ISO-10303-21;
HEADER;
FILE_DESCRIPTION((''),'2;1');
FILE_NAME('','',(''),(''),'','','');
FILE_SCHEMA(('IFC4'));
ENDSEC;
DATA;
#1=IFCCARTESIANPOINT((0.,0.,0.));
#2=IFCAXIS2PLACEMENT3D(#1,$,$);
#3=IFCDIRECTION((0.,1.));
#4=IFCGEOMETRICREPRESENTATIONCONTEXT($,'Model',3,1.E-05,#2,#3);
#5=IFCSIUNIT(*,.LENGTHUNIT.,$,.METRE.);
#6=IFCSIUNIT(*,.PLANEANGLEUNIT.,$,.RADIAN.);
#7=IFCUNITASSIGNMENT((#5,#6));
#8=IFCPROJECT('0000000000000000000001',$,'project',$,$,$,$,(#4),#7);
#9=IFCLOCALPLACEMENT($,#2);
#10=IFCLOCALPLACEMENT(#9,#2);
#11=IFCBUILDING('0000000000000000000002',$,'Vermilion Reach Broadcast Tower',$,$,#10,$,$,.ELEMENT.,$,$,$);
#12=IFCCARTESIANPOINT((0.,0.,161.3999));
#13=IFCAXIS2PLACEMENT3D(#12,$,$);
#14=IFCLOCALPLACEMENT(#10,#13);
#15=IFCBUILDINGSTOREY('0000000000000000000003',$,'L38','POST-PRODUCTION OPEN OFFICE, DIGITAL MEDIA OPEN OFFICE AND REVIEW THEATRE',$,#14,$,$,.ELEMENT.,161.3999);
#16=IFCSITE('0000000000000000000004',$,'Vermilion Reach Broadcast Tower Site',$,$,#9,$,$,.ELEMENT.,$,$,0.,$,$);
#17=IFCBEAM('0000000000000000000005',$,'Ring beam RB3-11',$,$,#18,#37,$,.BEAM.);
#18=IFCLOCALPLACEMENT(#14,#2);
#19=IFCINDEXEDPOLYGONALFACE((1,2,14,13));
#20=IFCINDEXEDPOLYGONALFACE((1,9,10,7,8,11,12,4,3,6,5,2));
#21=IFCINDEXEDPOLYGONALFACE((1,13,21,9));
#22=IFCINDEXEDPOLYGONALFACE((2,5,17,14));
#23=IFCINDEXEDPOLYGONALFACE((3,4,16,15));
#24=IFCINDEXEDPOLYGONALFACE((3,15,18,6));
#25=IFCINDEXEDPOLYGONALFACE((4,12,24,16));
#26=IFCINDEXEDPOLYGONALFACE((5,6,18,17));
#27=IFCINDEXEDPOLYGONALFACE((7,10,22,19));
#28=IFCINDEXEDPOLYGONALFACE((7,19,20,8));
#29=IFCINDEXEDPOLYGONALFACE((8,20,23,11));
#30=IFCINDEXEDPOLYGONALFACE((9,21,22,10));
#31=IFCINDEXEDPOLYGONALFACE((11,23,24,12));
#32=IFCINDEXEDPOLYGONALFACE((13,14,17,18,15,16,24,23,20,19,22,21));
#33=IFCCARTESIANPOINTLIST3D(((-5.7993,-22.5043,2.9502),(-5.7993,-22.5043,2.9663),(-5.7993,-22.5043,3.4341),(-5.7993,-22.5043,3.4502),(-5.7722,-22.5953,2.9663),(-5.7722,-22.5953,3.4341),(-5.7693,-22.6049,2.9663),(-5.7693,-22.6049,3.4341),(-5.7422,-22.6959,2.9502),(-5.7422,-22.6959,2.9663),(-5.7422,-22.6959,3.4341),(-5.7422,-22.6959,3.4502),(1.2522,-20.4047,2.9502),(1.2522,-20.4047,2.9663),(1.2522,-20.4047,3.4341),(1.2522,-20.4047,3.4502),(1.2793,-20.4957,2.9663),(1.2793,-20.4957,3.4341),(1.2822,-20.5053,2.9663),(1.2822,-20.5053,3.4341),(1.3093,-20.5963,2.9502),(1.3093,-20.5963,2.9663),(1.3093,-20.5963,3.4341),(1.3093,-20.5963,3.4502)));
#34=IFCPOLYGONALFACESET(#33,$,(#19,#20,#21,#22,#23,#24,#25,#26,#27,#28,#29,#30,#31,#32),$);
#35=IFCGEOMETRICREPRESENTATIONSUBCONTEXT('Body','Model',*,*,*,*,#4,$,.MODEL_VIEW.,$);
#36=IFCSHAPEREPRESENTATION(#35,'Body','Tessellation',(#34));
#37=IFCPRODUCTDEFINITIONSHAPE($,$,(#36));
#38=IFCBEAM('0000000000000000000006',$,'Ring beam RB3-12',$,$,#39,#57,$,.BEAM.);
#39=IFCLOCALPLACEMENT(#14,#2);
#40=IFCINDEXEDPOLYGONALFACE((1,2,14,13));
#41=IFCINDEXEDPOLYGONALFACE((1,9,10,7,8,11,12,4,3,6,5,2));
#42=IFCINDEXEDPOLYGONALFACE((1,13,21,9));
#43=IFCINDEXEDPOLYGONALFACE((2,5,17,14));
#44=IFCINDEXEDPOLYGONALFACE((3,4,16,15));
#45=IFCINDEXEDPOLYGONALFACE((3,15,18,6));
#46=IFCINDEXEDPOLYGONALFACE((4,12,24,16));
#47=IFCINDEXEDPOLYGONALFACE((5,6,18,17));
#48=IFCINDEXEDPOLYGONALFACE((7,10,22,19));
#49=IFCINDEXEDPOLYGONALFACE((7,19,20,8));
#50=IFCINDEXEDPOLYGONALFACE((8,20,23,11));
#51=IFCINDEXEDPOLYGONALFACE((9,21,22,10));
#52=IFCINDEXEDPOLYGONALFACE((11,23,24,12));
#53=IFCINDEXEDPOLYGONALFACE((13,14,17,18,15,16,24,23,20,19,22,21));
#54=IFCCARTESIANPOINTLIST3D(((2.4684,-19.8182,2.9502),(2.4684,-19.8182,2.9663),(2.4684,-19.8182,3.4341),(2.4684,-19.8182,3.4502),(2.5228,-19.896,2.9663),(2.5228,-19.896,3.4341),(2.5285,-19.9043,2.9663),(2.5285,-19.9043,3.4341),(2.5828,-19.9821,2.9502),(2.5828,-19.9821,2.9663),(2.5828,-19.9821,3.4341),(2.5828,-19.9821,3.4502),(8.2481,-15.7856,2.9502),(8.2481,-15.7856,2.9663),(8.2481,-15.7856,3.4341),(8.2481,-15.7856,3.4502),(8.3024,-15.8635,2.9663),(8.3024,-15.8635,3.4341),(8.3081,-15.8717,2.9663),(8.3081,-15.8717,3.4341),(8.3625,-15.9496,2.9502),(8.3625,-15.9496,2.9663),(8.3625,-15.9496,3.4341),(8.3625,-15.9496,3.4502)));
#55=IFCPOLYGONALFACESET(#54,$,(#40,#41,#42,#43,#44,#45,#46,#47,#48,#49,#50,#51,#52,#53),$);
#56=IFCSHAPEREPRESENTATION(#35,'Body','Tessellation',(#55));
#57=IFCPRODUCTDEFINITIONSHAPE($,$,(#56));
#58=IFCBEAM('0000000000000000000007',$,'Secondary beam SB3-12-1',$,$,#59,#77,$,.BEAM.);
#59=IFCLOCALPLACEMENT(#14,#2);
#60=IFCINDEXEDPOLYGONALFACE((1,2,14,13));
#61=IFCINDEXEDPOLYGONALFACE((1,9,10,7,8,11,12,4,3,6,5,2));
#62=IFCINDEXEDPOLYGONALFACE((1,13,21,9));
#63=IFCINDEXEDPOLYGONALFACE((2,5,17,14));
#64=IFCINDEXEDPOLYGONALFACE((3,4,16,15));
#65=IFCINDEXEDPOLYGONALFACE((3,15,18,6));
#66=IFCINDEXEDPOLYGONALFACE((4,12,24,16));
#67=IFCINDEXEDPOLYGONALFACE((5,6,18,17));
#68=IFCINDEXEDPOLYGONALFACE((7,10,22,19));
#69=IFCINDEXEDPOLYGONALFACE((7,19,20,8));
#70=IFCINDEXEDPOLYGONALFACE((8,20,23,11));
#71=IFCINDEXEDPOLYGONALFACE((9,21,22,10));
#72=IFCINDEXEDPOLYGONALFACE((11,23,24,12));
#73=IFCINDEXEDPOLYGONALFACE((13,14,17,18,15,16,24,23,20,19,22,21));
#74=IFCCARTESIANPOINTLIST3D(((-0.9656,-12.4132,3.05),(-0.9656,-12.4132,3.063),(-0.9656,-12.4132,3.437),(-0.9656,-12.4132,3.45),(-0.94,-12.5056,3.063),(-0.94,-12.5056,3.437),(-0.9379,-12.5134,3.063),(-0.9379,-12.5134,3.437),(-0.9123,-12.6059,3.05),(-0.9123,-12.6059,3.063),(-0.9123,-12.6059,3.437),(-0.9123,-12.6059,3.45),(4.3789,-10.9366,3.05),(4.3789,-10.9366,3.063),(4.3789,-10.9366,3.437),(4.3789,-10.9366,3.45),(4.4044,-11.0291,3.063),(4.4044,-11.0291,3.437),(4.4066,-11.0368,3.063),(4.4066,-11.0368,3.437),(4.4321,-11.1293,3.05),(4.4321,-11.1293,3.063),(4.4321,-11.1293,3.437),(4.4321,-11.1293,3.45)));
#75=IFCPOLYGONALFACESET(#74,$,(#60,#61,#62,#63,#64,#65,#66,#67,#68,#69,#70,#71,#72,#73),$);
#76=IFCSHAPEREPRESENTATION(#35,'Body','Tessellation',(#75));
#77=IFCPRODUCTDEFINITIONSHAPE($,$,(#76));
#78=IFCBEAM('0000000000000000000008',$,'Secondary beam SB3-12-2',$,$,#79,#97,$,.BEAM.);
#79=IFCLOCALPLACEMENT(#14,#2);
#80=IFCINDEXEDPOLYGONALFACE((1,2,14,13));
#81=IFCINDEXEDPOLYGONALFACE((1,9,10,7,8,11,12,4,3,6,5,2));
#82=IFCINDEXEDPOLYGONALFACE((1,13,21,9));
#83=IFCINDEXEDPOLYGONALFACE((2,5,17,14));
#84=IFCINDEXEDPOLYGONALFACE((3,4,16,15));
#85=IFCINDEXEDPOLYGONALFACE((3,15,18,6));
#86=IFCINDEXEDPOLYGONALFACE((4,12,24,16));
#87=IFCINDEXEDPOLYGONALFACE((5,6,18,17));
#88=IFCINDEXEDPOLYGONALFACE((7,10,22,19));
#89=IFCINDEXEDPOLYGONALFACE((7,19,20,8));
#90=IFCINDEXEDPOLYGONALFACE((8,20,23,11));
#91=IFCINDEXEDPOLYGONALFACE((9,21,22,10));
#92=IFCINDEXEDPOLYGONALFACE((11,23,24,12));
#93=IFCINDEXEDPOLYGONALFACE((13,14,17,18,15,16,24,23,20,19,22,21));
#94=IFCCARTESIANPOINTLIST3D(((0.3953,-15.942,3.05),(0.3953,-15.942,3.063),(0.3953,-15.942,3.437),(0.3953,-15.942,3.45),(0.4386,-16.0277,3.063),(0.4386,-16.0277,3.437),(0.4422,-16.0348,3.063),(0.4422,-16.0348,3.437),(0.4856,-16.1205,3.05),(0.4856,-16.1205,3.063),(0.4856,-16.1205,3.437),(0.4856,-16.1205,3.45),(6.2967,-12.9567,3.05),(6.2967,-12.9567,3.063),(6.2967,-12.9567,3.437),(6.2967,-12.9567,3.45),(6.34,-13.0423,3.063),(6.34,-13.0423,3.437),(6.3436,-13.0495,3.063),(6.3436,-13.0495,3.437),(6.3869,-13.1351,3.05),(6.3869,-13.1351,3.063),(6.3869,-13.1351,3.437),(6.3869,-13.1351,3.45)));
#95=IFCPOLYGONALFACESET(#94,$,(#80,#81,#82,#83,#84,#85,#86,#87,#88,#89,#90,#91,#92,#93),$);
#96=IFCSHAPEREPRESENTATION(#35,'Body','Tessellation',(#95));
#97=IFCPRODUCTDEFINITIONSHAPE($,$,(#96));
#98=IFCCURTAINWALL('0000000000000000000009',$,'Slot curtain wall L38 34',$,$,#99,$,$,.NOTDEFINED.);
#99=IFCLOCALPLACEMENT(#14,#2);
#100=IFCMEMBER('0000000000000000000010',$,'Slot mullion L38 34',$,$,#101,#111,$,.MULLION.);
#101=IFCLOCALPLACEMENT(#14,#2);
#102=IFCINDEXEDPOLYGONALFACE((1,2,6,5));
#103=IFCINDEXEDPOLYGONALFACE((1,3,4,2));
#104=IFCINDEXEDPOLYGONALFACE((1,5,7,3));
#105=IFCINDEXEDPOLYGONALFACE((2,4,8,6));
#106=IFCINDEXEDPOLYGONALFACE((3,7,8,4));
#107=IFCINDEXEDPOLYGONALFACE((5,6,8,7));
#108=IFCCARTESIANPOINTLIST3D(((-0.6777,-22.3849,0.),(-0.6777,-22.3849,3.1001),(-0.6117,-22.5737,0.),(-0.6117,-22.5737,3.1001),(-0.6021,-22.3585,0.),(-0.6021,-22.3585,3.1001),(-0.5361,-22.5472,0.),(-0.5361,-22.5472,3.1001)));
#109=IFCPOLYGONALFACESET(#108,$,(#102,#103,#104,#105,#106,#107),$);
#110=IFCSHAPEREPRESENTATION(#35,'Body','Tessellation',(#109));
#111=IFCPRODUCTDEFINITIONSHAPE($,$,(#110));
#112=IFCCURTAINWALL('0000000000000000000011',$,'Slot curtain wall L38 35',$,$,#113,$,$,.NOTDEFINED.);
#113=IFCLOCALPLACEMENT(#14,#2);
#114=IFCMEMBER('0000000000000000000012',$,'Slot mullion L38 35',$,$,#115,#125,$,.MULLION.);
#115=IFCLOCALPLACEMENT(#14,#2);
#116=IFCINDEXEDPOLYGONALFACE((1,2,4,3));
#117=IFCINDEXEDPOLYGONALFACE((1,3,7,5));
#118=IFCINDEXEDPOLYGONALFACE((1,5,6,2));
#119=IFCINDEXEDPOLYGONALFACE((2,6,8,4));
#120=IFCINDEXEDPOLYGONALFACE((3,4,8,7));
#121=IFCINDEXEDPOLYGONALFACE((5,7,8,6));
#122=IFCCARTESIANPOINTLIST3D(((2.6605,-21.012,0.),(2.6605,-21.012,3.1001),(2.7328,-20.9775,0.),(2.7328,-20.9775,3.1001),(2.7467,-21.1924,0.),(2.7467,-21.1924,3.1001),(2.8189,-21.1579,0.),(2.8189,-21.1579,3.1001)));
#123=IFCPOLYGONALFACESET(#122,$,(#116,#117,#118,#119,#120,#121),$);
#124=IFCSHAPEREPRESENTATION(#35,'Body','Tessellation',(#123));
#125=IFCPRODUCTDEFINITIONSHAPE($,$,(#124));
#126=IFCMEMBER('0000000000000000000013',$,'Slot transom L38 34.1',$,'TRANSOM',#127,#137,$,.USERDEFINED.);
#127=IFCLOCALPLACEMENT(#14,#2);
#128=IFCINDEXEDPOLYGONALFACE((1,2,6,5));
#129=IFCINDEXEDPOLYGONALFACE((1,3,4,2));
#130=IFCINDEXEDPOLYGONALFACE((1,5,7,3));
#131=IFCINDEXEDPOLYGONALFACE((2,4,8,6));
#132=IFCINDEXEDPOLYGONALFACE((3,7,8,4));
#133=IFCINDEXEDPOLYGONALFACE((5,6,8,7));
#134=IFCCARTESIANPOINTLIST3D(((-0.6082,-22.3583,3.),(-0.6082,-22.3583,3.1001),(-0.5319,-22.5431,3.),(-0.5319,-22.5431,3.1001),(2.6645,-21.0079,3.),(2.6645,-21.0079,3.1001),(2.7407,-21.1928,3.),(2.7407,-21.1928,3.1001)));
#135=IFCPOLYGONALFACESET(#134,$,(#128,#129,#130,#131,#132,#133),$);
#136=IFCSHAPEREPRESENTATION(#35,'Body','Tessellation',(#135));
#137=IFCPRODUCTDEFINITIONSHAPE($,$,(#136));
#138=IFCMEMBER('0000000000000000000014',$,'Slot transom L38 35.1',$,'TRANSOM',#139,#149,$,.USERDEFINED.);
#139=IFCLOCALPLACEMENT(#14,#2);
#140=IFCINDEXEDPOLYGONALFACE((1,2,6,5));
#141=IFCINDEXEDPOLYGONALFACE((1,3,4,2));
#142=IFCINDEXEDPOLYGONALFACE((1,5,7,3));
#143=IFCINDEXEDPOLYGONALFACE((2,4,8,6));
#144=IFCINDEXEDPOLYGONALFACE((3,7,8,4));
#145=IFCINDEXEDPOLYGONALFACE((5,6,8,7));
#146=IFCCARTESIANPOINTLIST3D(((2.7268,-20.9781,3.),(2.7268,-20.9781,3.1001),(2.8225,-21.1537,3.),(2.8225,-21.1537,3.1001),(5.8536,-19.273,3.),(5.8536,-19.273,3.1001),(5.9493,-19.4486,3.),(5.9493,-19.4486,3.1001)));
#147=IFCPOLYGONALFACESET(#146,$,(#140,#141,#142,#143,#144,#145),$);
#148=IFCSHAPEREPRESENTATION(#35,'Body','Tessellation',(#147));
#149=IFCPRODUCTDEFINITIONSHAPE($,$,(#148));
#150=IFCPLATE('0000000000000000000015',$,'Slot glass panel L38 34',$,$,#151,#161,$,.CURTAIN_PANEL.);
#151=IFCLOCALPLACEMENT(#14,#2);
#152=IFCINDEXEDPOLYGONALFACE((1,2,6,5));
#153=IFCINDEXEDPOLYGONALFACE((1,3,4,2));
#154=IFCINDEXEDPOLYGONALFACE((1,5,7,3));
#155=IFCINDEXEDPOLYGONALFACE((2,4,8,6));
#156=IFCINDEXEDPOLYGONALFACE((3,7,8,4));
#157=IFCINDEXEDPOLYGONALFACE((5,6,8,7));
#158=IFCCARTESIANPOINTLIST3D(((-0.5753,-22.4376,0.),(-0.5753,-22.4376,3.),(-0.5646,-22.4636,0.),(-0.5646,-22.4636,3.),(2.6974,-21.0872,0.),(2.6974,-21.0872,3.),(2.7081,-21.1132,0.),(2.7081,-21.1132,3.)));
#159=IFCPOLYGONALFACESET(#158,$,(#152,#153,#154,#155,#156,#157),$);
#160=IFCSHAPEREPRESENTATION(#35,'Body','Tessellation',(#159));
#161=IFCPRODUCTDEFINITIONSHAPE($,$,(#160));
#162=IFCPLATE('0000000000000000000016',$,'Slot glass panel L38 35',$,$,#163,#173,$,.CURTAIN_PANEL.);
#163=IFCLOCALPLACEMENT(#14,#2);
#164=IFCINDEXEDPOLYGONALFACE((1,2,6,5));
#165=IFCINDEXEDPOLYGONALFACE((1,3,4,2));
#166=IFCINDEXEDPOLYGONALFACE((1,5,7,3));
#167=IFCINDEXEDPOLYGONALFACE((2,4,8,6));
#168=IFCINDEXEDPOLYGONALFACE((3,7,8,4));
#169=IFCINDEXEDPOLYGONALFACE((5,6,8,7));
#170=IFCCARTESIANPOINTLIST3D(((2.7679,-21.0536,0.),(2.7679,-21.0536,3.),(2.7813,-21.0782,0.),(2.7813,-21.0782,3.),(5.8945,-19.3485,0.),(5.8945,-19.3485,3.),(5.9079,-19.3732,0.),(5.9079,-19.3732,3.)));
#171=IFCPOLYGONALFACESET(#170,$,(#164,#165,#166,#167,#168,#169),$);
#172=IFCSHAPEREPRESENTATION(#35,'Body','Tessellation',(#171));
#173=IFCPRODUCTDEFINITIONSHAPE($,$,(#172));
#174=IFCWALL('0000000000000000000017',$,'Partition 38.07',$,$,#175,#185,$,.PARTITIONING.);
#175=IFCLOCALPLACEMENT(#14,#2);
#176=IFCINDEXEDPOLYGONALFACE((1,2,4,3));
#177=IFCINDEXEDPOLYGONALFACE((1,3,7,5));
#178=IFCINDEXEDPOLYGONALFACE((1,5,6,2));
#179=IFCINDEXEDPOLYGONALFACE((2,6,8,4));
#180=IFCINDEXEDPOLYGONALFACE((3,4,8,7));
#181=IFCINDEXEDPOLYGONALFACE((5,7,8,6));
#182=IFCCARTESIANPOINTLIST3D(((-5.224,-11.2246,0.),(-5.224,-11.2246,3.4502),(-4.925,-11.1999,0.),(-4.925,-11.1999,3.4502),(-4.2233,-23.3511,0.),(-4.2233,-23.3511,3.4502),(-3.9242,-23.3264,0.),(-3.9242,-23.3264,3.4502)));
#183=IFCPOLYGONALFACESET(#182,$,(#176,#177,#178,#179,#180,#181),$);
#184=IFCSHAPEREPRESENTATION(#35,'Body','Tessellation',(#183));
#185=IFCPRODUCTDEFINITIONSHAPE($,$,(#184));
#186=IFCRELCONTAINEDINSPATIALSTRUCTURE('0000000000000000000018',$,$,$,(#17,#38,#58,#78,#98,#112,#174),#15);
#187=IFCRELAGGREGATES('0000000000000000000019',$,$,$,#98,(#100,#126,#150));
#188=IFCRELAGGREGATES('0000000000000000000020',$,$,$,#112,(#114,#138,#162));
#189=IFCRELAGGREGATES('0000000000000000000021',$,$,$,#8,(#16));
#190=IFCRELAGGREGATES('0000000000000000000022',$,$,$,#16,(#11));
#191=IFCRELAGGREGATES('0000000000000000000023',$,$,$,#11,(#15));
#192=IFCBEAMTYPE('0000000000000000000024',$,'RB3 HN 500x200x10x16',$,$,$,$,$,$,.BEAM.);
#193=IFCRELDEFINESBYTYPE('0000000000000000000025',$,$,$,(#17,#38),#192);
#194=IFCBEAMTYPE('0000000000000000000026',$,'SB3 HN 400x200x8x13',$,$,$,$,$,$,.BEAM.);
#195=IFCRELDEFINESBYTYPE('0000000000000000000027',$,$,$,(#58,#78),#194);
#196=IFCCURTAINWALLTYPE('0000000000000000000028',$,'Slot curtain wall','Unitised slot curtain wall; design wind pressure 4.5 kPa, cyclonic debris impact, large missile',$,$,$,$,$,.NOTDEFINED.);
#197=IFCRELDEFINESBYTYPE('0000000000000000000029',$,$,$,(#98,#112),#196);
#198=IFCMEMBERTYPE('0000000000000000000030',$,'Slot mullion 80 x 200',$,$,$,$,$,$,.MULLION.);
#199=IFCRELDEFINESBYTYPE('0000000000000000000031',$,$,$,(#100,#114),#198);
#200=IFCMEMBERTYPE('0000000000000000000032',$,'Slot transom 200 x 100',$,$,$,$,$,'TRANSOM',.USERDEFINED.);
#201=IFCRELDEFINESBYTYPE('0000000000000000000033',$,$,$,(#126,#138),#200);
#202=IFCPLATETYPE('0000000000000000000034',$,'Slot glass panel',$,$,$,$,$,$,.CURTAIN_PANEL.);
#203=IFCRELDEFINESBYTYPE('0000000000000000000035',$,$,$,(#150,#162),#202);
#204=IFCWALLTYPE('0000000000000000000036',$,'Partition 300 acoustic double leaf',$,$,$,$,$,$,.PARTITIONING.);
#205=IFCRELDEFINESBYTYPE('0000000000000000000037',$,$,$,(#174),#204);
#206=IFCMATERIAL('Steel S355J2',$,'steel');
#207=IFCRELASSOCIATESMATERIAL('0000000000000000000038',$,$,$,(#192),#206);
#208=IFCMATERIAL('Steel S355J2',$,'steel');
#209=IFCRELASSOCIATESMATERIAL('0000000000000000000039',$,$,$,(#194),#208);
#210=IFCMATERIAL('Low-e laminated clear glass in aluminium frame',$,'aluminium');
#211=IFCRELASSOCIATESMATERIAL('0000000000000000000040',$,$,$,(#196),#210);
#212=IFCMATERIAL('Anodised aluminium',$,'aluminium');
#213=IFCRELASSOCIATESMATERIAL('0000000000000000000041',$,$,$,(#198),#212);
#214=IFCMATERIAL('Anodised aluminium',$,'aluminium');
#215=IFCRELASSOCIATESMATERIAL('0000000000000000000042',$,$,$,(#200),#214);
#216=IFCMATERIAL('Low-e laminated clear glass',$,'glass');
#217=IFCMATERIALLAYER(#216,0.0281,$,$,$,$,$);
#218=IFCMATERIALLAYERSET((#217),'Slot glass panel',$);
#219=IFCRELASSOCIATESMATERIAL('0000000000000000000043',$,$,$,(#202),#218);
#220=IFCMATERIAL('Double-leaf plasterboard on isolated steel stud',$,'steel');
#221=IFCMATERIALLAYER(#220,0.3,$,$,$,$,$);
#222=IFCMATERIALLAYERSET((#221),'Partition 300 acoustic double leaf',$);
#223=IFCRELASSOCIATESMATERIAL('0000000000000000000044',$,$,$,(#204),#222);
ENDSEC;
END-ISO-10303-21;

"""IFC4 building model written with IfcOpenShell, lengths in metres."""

from ifc_helpers import new_model, si_unit, direction, frame, frame_2d, origin, origin_2d, place, context, subcontext, project, spatial, rectangle, i_section, extrude, material, layer, layer_set, material_profile, profile_set, type_object, element, aggregate, save


model = new_model("IFC4")

# Units and contexts
model_context = context("Model", 3, precision=1e-05, world=origin(), true_north=direction((0.0, 1.0)))
body_context = subcontext(model_context, "Body", "Model", "MODEL_VIEW")
ifc_project = project(units=[si_unit("LENGTHUNIT", "METRE"), si_unit("PLANEANGLEUNIT", "RADIAN")], contexts=[model_context])

# Site, building, storey
site_placement = place(None, origin())
site = spatial("IfcSite", under=ifc_project, at=site_placement, Name="Vermilion Reach Broadcast Tower Site", CompositionType="ELEMENT", RefElevation=0.0)
building_placement = place(site_placement, origin())
building = spatial("IfcBuilding", under=site, at=building_placement, Name="Vermilion Reach Broadcast Tower", CompositionType="ELEMENT")
storey_placement = place(building_placement, frame((0.0, 0.0, 161.3999)))
storey = spatial("IfcBuildingStorey", under=building, at=storey_placement, Name="L38", Description="POST-PRODUCTION OPEN OFFICE, DIGITAL MEDIA OPEN OFFICE AND REVIEW THEATRE", CompositionType="ELEMENT", Elevation=161.3999)

# Beams
ifc_material_1 = material(Name="Steel S355J2", Category="steel")
ifc_material_profile_1 = material_profile(ifc_material_1, i_section(OverallWidth=0.2, OverallDepth=0.5, WebThickness=0.01, FlangeThickness=0.0161, at=origin_2d()), Name="S355J2 HN 500x200x10x16")
ifc_profile_set_1 = profile_set([ifc_material_profile_1], Name="Steel S355J2")
beam_type_1 = type_object("IfcBeamType", Name="RB3 HN 500x200x10x16", PredefinedType="BEAM", material=ifc_profile_set_1)
beam_1_placement = place(storey_placement, frame((-5.7708, -22.6001, 3.2002), z_axis=(0.958417, 0.285372, 0.0), x_axis=(-0.285372, 0.958417, 0.0)))
element("IfcBeam", 1, at=beam_1_placement, inside=storey, type_object=beam_type_1, Name="Ring beam RB3-11", PredefinedType="BEAM", context=body_context, shape_type="SweptSolid", body=[
    extrude(i_section(OverallWidth=0.2, OverallDepth=0.5, WebThickness=0.01, FlangeThickness=0.0161, at=origin_2d()), origin(), (0.0, 0.0, 1.0), 7.3574),
])
beam_2_placement = place(storey_placement, frame((2.5256, -19.9001, 3.2002), z_axis=(0.820111, 0.572204, 0.0), x_axis=(-0.572204, 0.820111, 0.0)))
element("IfcBeam", 2, at=beam_2_placement, inside=storey, type_object=beam_type_1, Name="Ring beam RB3-12", PredefinedType="BEAM", context=body_context, shape_type="SweptSolid", body=[
    extrude(i_section(OverallWidth=0.2, OverallDepth=0.5, WebThickness=0.01, FlangeThickness=0.0161, at=origin_2d()), origin(), (0.0, 0.0, 1.0), 7.0474),
])
ifc_material_2 = material(Name="Steel S355J2", Category="steel")
ifc_material_profile_2 = material_profile(ifc_material_2, i_section(OverallWidth=0.2, OverallDepth=0.3999, WebThickness=0.0081, FlangeThickness=0.0129, at=origin_2d()), Name="S355J2 HN 400x200x8x13")
ifc_profile_set_2 = profile_set([ifc_material_profile_2], Name="Steel S355J2")
beam_type_2 = type_object("IfcBeamType", Name="SB3 HN 400x200x8x13", PredefinedType="BEAM", material=ifc_profile_set_2)
beam_3_placement = place(storey_placement, frame((-0.939, -12.5095, 3.25), z_axis=(0.96389, 0.266301, 0.0), x_axis=(-0.266301, 0.96389, 0.0)))
element("IfcBeam", 3, at=beam_3_placement, inside=storey, type_object=beam_type_2, Name="Secondary beam SB3-12-1", PredefinedType="BEAM", context=body_context, shape_type="SweptSolid", body=[
    extrude(i_section(OverallWidth=0.2, OverallDepth=0.3999, WebThickness=0.0081, FlangeThickness=0.0129, at=origin_2d()), origin(), (0.0, 0.0, 1.0), 5.5447),
])
beam_4_placement = place(storey_placement, frame((0.4404, -16.0312, 3.25), z_axis=(0.892321, 0.451402, 0.0), x_axis=(-0.451402, 0.892321, 0.0)))
element("IfcBeam", 4, at=beam_4_placement, inside=storey, type_object=beam_type_2, Name="Secondary beam SB3-12-2", PredefinedType="BEAM", context=body_context, shape_type="SweptSolid", body=[
    extrude(i_section(OverallWidth=0.2, OverallDepth=0.3999, WebThickness=0.0081, FlangeThickness=0.0129, at=origin_2d()), origin(), (0.0, 0.0, 1.0), 6.6135),
])

# Curtain walls, members
ifc_material_3 = material(Name="Low-e laminated clear glass in aluminium frame", Category="aluminium")
curtain_wall_type = type_object("IfcCurtainWallType", Name="Slot curtain wall", Description="Unitised slot curtain wall; design wind pressure 4.5 kPa, cyclonic debris impact, large missile", PredefinedType="NOTDEFINED", material=ifc_material_3)
placement = place(storey_placement, origin())
curtain_wall_1 = element("IfcCurtainWall", 5, at=placement, inside=storey, type_object=curtain_wall_type, Name="Slot curtain wall L38 34", PredefinedType="NOTDEFINED")
ifc_material_4 = material(Name="Anodised aluminium", Category="aluminium")
ifc_material_profile_3 = material_profile(ifc_material_4, rectangle(XDim=0.2, YDim=0.0801, at=origin_2d()), Name="Slot mullion 80 x 200")
ifc_profile_set_3 = profile_set([ifc_material_profile_3], Name="Anodised aluminium")
member_type_1 = type_object("IfcMemberType", Name="Slot mullion 80 x 200", PredefinedType="MULLION", material=ifc_profile_set_3)
member_1_placement = place(storey_placement, frame((-0.6069, -22.4661, 0.0), z_axis=(0.0, 0.0, 1.0), x_axis=(-0.330168, 0.943922, 0.0)))
member_1 = element("IfcMember", 6, at=member_1_placement, type_object=member_type_1, Name="Slot mullion L38 34", PredefinedType="MULLION", context=body_context, shape_type="SweptSolid", body=[
    extrude(rectangle(XDim=0.2, YDim=0.0801, at=origin_2d()), origin(), (0.0, 0.0, 1.0), 3.1001),
])
curtain_wall_2 = element("IfcCurtainWall", 7, at=placement, inside=storey, type_object=curtain_wall_type, Name="Slot curtain wall L38 35", PredefinedType="NOTDEFINED")
member_2_placement = place(storey_placement, frame((2.7397, -21.085, 0.0), z_axis=(0.0, 0.0, 1.0), x_axis=(-0.430733, 0.90248, 0.0)))
member_2 = element("IfcMember", 8, at=member_2_placement, type_object=member_type_1, Name="Slot mullion L38 35", PredefinedType="MULLION", context=body_context, shape_type="SweptSolid", body=[
    extrude(rectangle(XDim=0.2, YDim=0.0801, at=origin_2d()), origin(), (0.0, 0.0, 1.0), 3.1001),
])

# Members
ifc_material_5 = material(Name="Anodised aluminium", Category="aluminium")
ifc_material_profile_4 = material_profile(ifc_material_5, rectangle(XDim=0.2, YDim=0.1001, at=origin_2d()), Name="Slot transom 200 x 100")
ifc_profile_set_4 = profile_set([ifc_material_profile_4], Name="Anodised aluminium")
member_type_2 = type_object("IfcMemberType", Name="Slot transom 200 x 100", ElementType="TRANSOM", PredefinedType="USERDEFINED", material=ifc_profile_set_4)
member_3_placement = place(storey_placement, frame((-0.5701, -22.4507, 3.05), z_axis=(0.924404, 0.381416, 0.0), x_axis=(-0.381416, 0.924404, 0.0)))
member_3 = element("IfcMember", 9, at=member_3_placement, type_object=member_type_2, Name="Slot transom L38 34.1", ObjectType="TRANSOM", PredefinedType="USERDEFINED", context=body_context, shape_type="SweptSolid", body=[
    extrude(rectangle(XDim=0.2, YDim=0.1001, at=origin_2d()), origin(), (0.0, 0.0, 1.0), 3.5403),
])
member_4_placement = place(storey_placement, frame((2.7747, -21.0659, 3.05), z_axis=(0.877943, 0.478766, 0.0), x_axis=(-0.478766, 0.877943, 0.0)))
member_4 = element("IfcMember", 10, at=member_4_placement, type_object=member_type_2, Name="Slot transom L38 35.1", ObjectType="TRANSOM", PredefinedType="USERDEFINED", context=body_context, shape_type="SweptSolid", body=[
    extrude(rectangle(XDim=0.2, YDim=0.1001, at=origin_2d()), origin(), (0.0, 0.0, 1.0), 3.5615),
])

# Plates
ifc_material_6 = material(Name="Low-e laminated clear glass", Category="glass")
ifc_layer_1 = layer(ifc_material_6, 0.0281)
ifc_layer_set_1 = layer_set([ifc_layer_1], Name="Slot glass panel")
plate_type = type_object("IfcPlateType", Name="Slot glass panel", PredefinedType="CURTAIN_PANEL", material=ifc_layer_set_1)
plate_1_placement = place(storey_placement, frame((1.0664, -21.7754, 0.0), z_axis=(0.0, 0.0, 1.0), x_axis=(0.924397, 0.381433, 0.0)))
plate_1 = element("IfcPlate", 11, at=plate_1_placement, type_object=plate_type, Name="Slot glass panel L38 34", PredefinedType="CURTAIN_PANEL", context=body_context, shape_type="SweptSolid", body=[
    extrude(rectangle(XDim=3.5403, YDim=0.0281, at=origin_2d()), origin(), (0.0, 0.0, 1.0), 3.0),
])
aggregate(curtain_wall_1, [member_1, member_3, plate_1])
plate_2_placement = place(storey_placement, frame((4.3379, -20.2134, 0.0), z_axis=(0.0, 0.0, 1.0), x_axis=(0.877936, 0.478779, 0.0)))
plate_2 = element("IfcPlate", 12, at=plate_2_placement, type_object=plate_type, Name="Slot glass panel L38 35", PredefinedType="CURTAIN_PANEL", context=body_context, shape_type="SweptSolid", body=[
    extrude(rectangle(XDim=3.5613, YDim=0.0281, at=origin_2d()), origin(), (0.0, 0.0, 1.0), 3.0),
])
aggregate(curtain_wall_2, [member_2, member_4, plate_2])

# Wall
ifc_material_7 = material(Name="Double-leaf plasterboard on isolated steel stud", Category="steel")
ifc_layer_2 = layer(ifc_material_7, 0.3)
ifc_layer_set_2 = layer_set([ifc_layer_2], Name="Partition 300 acoustic double leaf")
wall_type_1 = type_object("IfcWallType", Name="Partition 300 acoustic double leaf", PredefinedType="PARTITIONING", material=ifc_layer_set_2)
wall_1_placement = place(storey_placement, frame((-4.0737, -23.3389, 0.0), z_axis=(0.0, 0.0, 1.0), x_axis=(-0.082245, 0.996612, 0.0)))
element("IfcWall", 13, at=wall_1_placement, inside=storey, type_object=wall_type_1, Name="Partition 38.07", PredefinedType="PARTITIONING", context=body_context, shape_type="SweptSolid", body=[
    extrude(rectangle(XDim=12.1677, YDim=0.3, at=frame_2d((6.084, 0.0))), origin(), (0.0, 0.0, 1.0), 3.4502),
])

save(model, "model.ifc")
